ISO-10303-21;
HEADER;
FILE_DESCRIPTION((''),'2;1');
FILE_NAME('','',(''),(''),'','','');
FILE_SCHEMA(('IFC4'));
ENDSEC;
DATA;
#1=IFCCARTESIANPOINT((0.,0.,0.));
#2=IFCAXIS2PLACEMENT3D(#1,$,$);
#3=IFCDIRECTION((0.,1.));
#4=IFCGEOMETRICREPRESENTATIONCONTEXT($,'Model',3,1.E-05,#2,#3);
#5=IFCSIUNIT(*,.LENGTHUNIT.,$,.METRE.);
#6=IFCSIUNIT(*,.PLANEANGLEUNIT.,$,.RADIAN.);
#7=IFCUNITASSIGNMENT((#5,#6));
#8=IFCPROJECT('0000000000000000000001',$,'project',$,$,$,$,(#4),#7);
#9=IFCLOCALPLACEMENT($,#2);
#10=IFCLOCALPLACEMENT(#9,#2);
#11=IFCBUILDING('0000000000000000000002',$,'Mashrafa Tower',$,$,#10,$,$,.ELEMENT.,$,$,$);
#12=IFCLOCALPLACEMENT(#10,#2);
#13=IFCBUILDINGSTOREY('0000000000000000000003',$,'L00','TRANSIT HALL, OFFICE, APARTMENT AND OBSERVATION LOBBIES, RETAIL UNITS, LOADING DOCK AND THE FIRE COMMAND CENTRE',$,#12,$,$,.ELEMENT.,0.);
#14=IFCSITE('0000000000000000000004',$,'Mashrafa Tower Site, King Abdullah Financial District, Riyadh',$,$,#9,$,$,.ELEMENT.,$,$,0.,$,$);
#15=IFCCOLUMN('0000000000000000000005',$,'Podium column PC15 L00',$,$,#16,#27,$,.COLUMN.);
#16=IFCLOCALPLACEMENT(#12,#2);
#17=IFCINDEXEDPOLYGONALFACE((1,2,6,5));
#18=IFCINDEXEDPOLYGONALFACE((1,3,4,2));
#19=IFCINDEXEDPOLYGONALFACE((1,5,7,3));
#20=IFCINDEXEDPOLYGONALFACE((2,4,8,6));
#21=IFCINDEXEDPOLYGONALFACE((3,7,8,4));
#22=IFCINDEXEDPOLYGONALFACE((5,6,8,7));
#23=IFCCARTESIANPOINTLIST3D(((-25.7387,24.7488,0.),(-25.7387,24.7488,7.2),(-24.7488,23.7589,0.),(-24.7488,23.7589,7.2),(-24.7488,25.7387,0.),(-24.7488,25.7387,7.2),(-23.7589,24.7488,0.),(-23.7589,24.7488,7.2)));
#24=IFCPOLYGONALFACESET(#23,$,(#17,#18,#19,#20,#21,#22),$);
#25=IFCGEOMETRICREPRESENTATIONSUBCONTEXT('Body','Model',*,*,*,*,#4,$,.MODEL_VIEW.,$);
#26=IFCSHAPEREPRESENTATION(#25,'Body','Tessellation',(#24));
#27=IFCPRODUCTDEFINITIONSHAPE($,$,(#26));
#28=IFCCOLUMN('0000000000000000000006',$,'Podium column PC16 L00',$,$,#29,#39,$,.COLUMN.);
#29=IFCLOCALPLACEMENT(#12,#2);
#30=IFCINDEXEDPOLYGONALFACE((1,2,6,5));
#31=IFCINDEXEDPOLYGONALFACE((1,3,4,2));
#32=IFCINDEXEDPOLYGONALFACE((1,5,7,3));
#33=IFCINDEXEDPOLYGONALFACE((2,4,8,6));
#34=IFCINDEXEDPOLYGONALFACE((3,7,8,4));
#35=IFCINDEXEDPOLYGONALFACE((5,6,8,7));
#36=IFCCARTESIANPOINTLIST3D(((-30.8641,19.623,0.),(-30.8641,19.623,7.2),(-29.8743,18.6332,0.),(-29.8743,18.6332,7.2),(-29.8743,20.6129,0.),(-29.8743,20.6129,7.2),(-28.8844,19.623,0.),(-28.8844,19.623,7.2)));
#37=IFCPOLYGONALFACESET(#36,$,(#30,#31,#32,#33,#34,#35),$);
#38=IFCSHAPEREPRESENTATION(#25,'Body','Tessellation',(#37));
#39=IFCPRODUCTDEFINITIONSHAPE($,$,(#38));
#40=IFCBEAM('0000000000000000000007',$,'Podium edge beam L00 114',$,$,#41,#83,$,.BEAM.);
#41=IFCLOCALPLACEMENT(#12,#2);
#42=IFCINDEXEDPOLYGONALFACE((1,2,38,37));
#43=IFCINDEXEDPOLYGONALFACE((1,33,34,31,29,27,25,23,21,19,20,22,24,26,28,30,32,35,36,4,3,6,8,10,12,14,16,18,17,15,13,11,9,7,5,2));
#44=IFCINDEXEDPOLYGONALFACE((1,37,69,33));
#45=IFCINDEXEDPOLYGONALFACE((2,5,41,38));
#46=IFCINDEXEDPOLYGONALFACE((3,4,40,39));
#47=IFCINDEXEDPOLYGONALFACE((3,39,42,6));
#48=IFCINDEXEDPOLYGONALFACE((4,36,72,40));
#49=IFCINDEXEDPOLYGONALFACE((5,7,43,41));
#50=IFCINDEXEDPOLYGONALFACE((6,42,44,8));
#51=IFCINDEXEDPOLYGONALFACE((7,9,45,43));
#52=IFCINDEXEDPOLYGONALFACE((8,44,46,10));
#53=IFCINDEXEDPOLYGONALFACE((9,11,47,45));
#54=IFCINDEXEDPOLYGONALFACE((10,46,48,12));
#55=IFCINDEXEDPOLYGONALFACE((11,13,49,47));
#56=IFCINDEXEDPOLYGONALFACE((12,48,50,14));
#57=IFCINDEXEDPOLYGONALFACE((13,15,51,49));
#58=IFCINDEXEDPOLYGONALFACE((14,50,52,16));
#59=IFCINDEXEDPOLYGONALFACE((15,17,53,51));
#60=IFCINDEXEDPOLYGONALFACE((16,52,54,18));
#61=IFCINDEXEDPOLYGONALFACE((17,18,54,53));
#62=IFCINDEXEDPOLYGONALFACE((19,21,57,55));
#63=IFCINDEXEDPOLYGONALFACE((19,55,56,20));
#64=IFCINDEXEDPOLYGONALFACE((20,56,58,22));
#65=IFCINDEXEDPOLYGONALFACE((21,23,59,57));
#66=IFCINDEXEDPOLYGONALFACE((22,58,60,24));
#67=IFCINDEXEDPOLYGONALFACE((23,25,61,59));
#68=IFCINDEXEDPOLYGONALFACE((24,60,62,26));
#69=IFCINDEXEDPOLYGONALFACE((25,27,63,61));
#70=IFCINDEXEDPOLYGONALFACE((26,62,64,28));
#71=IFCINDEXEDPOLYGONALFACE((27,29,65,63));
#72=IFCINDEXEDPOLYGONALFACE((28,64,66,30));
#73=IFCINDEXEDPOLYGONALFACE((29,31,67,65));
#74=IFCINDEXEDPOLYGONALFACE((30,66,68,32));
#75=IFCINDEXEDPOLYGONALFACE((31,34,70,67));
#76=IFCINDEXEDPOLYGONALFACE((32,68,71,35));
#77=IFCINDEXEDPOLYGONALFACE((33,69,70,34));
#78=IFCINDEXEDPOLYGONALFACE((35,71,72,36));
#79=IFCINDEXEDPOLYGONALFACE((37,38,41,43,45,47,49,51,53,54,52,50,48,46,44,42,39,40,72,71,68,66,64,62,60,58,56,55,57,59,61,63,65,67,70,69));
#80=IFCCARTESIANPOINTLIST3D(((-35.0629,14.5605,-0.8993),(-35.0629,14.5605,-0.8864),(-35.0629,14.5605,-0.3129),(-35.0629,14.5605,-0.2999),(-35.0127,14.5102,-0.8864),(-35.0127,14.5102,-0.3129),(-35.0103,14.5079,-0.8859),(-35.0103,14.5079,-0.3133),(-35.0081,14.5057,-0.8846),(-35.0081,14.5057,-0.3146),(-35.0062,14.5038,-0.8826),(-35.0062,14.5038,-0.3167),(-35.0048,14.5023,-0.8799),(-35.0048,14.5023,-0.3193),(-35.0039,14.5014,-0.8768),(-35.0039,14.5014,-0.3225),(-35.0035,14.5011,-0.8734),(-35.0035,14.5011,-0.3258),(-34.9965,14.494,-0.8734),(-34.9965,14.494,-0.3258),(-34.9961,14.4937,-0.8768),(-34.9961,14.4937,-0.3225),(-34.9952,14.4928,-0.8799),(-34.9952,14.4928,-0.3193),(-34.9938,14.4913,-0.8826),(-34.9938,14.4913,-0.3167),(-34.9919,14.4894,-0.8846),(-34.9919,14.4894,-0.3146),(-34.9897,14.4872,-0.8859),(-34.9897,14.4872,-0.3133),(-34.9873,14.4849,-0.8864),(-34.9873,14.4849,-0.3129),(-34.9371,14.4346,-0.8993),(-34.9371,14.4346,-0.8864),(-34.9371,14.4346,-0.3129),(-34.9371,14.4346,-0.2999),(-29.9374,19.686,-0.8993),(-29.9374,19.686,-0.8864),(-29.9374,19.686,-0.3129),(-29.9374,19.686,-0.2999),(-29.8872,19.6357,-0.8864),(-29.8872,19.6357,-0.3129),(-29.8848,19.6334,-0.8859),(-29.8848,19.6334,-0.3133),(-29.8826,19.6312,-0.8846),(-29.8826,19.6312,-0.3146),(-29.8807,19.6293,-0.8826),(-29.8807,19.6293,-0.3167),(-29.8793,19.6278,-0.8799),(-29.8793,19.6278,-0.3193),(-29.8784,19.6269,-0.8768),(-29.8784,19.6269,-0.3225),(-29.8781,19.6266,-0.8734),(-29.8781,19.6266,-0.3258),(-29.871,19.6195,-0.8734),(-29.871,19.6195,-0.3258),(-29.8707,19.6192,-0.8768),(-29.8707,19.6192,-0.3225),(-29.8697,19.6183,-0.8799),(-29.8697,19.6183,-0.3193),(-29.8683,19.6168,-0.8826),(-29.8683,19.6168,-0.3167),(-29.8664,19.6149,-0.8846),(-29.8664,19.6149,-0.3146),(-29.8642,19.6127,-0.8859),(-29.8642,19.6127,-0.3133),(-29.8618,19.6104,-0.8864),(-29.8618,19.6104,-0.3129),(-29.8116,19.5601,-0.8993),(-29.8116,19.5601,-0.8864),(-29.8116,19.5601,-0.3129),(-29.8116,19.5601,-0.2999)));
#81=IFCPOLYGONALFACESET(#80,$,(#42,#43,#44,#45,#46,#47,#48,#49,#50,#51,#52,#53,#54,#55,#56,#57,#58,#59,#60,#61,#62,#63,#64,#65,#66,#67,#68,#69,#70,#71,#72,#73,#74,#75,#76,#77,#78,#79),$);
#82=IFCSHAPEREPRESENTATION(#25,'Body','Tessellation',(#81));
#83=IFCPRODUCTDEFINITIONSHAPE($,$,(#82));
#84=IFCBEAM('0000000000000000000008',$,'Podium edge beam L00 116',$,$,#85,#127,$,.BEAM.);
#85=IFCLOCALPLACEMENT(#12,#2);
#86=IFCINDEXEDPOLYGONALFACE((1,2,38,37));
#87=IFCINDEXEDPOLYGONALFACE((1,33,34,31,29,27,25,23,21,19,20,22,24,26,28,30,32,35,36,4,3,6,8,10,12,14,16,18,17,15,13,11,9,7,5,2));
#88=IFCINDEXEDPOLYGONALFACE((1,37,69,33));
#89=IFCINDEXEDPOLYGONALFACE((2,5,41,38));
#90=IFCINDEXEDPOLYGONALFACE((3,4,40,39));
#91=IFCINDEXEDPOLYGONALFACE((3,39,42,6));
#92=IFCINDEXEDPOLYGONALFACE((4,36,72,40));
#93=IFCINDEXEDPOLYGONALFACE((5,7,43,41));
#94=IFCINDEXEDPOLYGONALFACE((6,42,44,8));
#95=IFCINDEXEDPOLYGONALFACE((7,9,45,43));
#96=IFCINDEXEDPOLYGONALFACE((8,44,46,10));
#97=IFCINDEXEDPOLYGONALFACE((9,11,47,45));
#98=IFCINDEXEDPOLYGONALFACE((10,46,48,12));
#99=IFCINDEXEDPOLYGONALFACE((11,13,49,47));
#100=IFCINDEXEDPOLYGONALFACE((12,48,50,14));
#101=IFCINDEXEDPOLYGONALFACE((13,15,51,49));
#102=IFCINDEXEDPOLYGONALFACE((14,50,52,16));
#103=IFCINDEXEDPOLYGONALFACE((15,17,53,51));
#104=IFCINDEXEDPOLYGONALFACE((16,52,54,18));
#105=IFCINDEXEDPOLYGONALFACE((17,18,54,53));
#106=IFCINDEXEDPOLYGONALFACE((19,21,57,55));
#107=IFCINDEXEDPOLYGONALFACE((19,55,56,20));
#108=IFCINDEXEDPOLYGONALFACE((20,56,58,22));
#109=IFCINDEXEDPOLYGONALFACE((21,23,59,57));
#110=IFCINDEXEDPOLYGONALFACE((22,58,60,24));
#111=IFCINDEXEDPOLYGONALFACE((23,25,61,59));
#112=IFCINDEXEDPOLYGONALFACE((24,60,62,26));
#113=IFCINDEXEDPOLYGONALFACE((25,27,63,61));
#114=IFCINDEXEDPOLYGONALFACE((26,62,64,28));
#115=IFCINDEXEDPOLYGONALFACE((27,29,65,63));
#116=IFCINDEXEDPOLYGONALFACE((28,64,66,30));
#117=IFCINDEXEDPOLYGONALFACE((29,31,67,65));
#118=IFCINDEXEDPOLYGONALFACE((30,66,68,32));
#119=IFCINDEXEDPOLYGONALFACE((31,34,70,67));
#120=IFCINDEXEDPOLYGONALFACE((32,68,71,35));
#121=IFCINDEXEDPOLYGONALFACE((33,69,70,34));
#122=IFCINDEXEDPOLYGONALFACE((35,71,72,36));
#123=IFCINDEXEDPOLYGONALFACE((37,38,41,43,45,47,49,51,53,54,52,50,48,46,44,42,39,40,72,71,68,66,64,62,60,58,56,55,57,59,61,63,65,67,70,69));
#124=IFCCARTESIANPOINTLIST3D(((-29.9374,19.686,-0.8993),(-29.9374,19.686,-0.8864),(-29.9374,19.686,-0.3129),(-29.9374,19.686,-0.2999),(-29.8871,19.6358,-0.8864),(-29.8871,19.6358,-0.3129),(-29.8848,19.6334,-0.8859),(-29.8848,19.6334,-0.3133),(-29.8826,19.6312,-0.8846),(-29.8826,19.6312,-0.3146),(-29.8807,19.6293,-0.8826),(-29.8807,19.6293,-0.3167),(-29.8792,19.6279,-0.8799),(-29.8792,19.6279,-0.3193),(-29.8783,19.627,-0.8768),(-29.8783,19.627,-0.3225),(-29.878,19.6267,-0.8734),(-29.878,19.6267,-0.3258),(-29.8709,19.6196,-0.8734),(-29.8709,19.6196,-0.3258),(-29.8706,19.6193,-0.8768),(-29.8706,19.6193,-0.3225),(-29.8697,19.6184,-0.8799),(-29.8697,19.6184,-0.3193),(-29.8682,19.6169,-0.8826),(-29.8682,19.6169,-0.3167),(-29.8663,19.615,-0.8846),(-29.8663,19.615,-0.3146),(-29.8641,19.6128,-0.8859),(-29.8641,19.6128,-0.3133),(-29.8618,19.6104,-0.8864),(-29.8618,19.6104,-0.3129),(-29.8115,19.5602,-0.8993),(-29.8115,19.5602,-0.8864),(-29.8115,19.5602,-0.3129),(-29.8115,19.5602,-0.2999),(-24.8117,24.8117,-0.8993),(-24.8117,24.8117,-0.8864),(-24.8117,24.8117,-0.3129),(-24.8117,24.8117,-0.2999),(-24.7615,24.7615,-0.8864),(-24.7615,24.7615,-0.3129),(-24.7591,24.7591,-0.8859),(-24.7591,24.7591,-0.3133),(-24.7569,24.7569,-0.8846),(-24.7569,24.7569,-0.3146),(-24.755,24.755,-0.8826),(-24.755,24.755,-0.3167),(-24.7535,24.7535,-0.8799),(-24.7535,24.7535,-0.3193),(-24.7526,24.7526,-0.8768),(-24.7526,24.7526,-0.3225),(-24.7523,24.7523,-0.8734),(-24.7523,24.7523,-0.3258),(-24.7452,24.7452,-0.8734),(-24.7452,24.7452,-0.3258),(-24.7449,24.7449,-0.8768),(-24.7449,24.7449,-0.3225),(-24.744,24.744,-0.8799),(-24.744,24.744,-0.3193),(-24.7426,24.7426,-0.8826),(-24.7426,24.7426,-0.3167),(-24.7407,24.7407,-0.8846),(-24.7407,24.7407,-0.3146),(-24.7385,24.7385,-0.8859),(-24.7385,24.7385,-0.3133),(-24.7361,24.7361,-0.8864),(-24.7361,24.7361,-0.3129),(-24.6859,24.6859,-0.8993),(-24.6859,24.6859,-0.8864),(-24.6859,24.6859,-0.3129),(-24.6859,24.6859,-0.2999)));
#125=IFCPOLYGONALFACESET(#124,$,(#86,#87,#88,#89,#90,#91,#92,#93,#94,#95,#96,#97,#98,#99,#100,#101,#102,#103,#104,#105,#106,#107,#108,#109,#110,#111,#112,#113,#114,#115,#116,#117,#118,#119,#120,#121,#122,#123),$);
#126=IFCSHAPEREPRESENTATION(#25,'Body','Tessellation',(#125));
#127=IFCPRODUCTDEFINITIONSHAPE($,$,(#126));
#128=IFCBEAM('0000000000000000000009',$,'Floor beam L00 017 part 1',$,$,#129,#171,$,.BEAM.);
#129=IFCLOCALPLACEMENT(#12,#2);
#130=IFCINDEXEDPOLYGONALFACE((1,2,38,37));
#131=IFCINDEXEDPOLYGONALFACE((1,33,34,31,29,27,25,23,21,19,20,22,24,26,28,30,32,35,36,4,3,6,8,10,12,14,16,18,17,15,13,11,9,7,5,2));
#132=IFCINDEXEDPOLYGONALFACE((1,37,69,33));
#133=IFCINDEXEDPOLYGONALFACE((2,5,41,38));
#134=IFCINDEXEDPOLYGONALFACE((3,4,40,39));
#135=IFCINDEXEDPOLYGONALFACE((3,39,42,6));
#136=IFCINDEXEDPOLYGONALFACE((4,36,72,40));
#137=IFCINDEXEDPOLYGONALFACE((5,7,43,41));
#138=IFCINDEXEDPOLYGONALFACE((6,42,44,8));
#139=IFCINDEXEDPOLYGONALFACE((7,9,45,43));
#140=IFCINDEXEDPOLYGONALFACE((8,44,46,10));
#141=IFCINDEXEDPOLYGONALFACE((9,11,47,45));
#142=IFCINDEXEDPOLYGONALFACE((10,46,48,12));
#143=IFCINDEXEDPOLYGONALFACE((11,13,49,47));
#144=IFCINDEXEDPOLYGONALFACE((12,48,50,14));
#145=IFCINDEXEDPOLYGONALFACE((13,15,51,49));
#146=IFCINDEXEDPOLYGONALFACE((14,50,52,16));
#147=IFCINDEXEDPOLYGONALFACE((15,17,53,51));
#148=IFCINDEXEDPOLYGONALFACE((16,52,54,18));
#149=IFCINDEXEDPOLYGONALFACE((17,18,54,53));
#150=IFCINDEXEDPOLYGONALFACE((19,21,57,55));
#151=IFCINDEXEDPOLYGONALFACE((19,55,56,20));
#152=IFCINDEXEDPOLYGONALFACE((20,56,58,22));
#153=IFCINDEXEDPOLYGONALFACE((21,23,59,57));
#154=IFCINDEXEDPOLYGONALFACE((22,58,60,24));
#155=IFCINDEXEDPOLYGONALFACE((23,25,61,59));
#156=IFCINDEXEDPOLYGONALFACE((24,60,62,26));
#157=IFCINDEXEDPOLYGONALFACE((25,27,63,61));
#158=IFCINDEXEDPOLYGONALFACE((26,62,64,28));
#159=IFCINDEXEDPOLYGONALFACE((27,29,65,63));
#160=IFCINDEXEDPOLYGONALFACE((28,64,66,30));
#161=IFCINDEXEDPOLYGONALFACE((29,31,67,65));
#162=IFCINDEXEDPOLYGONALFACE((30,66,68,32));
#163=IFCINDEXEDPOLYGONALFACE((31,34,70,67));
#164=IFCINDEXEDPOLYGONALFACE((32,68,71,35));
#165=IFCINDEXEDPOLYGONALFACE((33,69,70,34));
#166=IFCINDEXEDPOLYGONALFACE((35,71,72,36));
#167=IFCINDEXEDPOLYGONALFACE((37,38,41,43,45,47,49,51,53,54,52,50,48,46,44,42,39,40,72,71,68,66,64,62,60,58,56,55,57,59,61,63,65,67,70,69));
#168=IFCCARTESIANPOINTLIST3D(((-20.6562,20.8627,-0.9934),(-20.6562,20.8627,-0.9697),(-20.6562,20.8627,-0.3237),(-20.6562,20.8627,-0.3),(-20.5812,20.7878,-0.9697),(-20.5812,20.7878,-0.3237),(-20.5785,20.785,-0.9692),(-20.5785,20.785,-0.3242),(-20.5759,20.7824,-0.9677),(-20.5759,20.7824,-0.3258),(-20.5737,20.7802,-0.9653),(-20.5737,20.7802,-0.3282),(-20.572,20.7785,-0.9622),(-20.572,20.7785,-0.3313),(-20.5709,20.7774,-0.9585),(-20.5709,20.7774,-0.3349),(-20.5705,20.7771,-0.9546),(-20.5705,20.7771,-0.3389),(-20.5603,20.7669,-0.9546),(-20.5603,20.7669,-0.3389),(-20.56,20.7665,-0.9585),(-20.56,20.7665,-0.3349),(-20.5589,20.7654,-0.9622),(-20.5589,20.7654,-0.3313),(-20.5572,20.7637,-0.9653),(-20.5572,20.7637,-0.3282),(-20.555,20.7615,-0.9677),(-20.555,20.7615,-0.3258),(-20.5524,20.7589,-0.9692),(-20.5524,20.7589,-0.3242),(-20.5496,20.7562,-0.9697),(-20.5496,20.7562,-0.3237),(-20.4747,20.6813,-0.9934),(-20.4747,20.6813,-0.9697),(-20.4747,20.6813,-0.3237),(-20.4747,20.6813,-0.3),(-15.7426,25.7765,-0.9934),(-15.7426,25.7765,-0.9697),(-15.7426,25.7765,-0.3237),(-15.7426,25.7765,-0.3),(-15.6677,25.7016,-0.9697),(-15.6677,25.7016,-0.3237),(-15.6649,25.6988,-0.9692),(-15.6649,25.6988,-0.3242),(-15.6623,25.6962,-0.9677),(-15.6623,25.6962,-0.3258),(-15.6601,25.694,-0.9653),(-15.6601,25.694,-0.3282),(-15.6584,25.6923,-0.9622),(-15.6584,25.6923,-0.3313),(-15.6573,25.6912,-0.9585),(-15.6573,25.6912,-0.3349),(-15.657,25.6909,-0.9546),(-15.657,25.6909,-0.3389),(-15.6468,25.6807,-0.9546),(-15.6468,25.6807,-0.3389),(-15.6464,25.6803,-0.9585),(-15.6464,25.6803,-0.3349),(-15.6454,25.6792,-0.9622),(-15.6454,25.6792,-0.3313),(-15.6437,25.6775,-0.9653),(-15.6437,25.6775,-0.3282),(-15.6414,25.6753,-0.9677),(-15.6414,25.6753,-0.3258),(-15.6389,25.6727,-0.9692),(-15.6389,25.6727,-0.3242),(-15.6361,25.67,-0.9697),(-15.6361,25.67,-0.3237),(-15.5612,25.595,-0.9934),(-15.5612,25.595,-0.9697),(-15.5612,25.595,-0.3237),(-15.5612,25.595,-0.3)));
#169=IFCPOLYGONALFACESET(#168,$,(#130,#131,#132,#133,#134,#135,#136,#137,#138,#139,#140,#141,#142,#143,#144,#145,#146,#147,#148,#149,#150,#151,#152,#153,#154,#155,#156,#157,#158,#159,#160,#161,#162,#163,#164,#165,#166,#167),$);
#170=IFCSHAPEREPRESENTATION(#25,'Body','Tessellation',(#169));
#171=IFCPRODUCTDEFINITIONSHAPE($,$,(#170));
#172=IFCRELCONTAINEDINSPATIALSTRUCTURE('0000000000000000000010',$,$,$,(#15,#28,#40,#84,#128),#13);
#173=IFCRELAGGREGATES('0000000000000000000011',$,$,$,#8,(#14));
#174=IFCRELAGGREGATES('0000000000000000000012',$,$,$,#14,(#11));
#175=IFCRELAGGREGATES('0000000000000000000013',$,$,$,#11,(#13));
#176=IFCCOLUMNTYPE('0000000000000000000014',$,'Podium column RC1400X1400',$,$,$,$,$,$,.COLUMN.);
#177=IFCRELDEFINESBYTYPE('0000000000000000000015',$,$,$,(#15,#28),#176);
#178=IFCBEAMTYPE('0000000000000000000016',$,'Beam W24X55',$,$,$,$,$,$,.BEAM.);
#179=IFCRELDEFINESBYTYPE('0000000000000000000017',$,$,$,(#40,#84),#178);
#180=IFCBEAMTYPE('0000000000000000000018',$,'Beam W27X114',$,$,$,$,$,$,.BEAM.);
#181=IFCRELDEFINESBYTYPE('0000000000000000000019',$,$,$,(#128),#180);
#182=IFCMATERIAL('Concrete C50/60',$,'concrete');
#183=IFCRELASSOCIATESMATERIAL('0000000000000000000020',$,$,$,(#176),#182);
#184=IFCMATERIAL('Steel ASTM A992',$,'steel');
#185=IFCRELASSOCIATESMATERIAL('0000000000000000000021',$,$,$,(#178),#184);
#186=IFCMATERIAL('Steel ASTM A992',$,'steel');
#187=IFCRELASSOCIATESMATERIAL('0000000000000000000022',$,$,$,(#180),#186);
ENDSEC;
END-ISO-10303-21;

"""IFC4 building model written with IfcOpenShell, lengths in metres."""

from ifc_helpers import new_model, si_unit, direction, frame, origin, origin_2d, place, context, subcontext, project, spatial, rectangle, i_section, extrude, material, material_profile, profile_set, type_object, element, save


model = new_model("IFC4")

# Units and contexts
model_context = context("Model", 3, precision=1e-05, world=origin(), true_north=direction((0.0, 1.0)))
body_context = subcontext(model_context, "Body", "Model", "MODEL_VIEW")
ifc_project = project(units=[si_unit("LENGTHUNIT", "METRE"), si_unit("PLANEANGLEUNIT", "RADIAN")], contexts=[model_context])

# Site, building, storey
site_placement = place(None, origin())
site = spatial("IfcSite", under=ifc_project, at=site_placement, Name="Mashrafa Tower Site, King Abdullah Financial District, Riyadh", CompositionType="ELEMENT", RefElevation=0.0)
building_placement = place(site_placement, origin())
building = spatial("IfcBuilding", under=site, at=building_placement, Name="Mashrafa Tower", CompositionType="ELEMENT")
storey_placement = place(building_placement, origin())
storey = spatial("IfcBuildingStorey", under=building, at=storey_placement, Name="L00", Description="TRANSIT HALL, OFFICE, APARTMENT AND OBSERVATION LOBBIES, RETAIL UNITS, LOADING DOCK AND THE FIRE COMMAND CENTRE", CompositionType="ELEMENT", Elevation=0.0)

# Columns
ifc_material_1 = material(Name="Concrete C50/60", Category="concrete")
ifc_material_profile_1 = material_profile(ifc_material_1, rectangle(XDim=1.3999, YDim=1.3999, at=origin_2d()), Name="RC1400X1400")
ifc_profile_set_1 = profile_set([ifc_material_profile_1], Name="Concrete C50/60")
column_type = type_object("IfcColumnType", Name="Podium column RC1400X1400", PredefinedType="COLUMN", material=ifc_profile_set_1)
for number, where, z_axis, x_axis, name in (
    (1, (-24.7488, 24.7488, 0.0), (0.0, 0.0, 1.0), (0.707107, 0.707107, 0.0), "Podium column PC15 L00"),
    (2, (-29.8743, 19.623, 0.0), (0.0, 0.0, 1.0), (0.707107, 0.707107, 0.0), "Podium column PC16 L00"),
):
    element("IfcColumn", number, at=place(storey_placement, frame(where, z_axis=z_axis, x_axis=x_axis)), inside=storey, type_object=column_type, Name=name, PredefinedType="COLUMN", context=body_context, shape_type="SweptSolid", body=[
        extrude(rectangle(XDim=1.3999, YDim=1.3999, at=origin_2d()), origin(), (0.0, 0.0, 1.0), 7.2),
    ])

# Beams
ifc_material_2 = material(Name="Steel ASTM A992", Category="steel")
ifc_material_profile_2 = material_profile(ifc_material_2, i_section(OverallWidth=0.178, OverallDepth=0.5994, WebThickness=0.01, FlangeThickness=0.0129, FilletRadius=0.0129, at=origin_2d()), Name="W24X55")
ifc_profile_set_2 = profile_set([ifc_material_profile_2], Name="Steel ASTM A992")
beam_type_1 = type_object("IfcBeamType", Name="Beam W24X55", PredefinedType="BEAM", material=ifc_profile_set_2)
beam_1_placement = place(storey_placement, frame((-29.8745, 19.623, -0.5996), z_axis=(-0.707107, -0.707107, 0.0), x_axis=(0.707107, -0.707107, 0.0)))
element("IfcBeam", 3, at=beam_1_placement, inside=storey, type_object=beam_type_1, Name="Podium edge beam L00 114", PredefinedType="BEAM", context=body_context, shape_type="SweptSolid", body=[
    extrude(i_section(OverallWidth=0.178, OverallDepth=0.5994, WebThickness=0.01, FlangeThickness=0.0129, FilletRadius=0.0129, at=origin_2d()), origin(), (0.0, 0.0, 1.0), 7.2485),
])
beam_2_placement = place(storey_placement, frame((-24.7488, 24.7488, -0.5996), z_axis=(-0.707107, -0.707107, 0.0), x_axis=(0.707107, -0.707107, 0.0)))
element("IfcBeam", 4, at=beam_2_placement, inside=storey, type_object=beam_type_1, Name="Podium edge beam L00 116", PredefinedType="BEAM", context=body_context, shape_type="SweptSolid", body=[
    extrude(i_section(OverallWidth=0.178, OverallDepth=0.5994, WebThickness=0.01, FlangeThickness=0.0129, FilletRadius=0.0129, at=origin_2d()), origin(), (0.0, 0.0, 1.0), 7.2488),
])
ifc_material_3 = material(Name="Steel ASTM A992", Category="steel")
ifc_material_profile_3 = material_profile(ifc_material_3, i_section(OverallWidth=0.2566, OverallDepth=0.6934, WebThickness=0.0144, FlangeThickness=0.0237, FilletRadius=0.0151, at=origin_2d()), Name="W27X114")
ifc_profile_set_3 = profile_set([ifc_material_profile_3], Name="Steel ASTM A992")
beam_type_2 = type_object("IfcBeamType", Name="Beam W27X114", PredefinedType="BEAM", material=ifc_profile_set_3)
beam_3_placement = place(storey_placement, frame((-20.5654, 20.772, -0.6467), z_axis=(0.707089, 0.707124, 0.0), x_axis=(-0.707124, 0.707089, 0.0)))
element("IfcBeam", 5, at=beam_3_placement, inside=storey, type_object=beam_type_2, Name="Floor beam L00 017 part 1", PredefinedType="BEAM", context=body_context, shape_type="SweptSolid", body=[
    extrude(i_section(OverallWidth=0.2566, OverallDepth=0.6934, WebThickness=0.0144, FlangeThickness=0.0237, FilletRadius=0.0151, at=origin_2d()), origin(), (0.0, 0.0, 1.0), 6.949),
])

save(model, "model.ifc")
